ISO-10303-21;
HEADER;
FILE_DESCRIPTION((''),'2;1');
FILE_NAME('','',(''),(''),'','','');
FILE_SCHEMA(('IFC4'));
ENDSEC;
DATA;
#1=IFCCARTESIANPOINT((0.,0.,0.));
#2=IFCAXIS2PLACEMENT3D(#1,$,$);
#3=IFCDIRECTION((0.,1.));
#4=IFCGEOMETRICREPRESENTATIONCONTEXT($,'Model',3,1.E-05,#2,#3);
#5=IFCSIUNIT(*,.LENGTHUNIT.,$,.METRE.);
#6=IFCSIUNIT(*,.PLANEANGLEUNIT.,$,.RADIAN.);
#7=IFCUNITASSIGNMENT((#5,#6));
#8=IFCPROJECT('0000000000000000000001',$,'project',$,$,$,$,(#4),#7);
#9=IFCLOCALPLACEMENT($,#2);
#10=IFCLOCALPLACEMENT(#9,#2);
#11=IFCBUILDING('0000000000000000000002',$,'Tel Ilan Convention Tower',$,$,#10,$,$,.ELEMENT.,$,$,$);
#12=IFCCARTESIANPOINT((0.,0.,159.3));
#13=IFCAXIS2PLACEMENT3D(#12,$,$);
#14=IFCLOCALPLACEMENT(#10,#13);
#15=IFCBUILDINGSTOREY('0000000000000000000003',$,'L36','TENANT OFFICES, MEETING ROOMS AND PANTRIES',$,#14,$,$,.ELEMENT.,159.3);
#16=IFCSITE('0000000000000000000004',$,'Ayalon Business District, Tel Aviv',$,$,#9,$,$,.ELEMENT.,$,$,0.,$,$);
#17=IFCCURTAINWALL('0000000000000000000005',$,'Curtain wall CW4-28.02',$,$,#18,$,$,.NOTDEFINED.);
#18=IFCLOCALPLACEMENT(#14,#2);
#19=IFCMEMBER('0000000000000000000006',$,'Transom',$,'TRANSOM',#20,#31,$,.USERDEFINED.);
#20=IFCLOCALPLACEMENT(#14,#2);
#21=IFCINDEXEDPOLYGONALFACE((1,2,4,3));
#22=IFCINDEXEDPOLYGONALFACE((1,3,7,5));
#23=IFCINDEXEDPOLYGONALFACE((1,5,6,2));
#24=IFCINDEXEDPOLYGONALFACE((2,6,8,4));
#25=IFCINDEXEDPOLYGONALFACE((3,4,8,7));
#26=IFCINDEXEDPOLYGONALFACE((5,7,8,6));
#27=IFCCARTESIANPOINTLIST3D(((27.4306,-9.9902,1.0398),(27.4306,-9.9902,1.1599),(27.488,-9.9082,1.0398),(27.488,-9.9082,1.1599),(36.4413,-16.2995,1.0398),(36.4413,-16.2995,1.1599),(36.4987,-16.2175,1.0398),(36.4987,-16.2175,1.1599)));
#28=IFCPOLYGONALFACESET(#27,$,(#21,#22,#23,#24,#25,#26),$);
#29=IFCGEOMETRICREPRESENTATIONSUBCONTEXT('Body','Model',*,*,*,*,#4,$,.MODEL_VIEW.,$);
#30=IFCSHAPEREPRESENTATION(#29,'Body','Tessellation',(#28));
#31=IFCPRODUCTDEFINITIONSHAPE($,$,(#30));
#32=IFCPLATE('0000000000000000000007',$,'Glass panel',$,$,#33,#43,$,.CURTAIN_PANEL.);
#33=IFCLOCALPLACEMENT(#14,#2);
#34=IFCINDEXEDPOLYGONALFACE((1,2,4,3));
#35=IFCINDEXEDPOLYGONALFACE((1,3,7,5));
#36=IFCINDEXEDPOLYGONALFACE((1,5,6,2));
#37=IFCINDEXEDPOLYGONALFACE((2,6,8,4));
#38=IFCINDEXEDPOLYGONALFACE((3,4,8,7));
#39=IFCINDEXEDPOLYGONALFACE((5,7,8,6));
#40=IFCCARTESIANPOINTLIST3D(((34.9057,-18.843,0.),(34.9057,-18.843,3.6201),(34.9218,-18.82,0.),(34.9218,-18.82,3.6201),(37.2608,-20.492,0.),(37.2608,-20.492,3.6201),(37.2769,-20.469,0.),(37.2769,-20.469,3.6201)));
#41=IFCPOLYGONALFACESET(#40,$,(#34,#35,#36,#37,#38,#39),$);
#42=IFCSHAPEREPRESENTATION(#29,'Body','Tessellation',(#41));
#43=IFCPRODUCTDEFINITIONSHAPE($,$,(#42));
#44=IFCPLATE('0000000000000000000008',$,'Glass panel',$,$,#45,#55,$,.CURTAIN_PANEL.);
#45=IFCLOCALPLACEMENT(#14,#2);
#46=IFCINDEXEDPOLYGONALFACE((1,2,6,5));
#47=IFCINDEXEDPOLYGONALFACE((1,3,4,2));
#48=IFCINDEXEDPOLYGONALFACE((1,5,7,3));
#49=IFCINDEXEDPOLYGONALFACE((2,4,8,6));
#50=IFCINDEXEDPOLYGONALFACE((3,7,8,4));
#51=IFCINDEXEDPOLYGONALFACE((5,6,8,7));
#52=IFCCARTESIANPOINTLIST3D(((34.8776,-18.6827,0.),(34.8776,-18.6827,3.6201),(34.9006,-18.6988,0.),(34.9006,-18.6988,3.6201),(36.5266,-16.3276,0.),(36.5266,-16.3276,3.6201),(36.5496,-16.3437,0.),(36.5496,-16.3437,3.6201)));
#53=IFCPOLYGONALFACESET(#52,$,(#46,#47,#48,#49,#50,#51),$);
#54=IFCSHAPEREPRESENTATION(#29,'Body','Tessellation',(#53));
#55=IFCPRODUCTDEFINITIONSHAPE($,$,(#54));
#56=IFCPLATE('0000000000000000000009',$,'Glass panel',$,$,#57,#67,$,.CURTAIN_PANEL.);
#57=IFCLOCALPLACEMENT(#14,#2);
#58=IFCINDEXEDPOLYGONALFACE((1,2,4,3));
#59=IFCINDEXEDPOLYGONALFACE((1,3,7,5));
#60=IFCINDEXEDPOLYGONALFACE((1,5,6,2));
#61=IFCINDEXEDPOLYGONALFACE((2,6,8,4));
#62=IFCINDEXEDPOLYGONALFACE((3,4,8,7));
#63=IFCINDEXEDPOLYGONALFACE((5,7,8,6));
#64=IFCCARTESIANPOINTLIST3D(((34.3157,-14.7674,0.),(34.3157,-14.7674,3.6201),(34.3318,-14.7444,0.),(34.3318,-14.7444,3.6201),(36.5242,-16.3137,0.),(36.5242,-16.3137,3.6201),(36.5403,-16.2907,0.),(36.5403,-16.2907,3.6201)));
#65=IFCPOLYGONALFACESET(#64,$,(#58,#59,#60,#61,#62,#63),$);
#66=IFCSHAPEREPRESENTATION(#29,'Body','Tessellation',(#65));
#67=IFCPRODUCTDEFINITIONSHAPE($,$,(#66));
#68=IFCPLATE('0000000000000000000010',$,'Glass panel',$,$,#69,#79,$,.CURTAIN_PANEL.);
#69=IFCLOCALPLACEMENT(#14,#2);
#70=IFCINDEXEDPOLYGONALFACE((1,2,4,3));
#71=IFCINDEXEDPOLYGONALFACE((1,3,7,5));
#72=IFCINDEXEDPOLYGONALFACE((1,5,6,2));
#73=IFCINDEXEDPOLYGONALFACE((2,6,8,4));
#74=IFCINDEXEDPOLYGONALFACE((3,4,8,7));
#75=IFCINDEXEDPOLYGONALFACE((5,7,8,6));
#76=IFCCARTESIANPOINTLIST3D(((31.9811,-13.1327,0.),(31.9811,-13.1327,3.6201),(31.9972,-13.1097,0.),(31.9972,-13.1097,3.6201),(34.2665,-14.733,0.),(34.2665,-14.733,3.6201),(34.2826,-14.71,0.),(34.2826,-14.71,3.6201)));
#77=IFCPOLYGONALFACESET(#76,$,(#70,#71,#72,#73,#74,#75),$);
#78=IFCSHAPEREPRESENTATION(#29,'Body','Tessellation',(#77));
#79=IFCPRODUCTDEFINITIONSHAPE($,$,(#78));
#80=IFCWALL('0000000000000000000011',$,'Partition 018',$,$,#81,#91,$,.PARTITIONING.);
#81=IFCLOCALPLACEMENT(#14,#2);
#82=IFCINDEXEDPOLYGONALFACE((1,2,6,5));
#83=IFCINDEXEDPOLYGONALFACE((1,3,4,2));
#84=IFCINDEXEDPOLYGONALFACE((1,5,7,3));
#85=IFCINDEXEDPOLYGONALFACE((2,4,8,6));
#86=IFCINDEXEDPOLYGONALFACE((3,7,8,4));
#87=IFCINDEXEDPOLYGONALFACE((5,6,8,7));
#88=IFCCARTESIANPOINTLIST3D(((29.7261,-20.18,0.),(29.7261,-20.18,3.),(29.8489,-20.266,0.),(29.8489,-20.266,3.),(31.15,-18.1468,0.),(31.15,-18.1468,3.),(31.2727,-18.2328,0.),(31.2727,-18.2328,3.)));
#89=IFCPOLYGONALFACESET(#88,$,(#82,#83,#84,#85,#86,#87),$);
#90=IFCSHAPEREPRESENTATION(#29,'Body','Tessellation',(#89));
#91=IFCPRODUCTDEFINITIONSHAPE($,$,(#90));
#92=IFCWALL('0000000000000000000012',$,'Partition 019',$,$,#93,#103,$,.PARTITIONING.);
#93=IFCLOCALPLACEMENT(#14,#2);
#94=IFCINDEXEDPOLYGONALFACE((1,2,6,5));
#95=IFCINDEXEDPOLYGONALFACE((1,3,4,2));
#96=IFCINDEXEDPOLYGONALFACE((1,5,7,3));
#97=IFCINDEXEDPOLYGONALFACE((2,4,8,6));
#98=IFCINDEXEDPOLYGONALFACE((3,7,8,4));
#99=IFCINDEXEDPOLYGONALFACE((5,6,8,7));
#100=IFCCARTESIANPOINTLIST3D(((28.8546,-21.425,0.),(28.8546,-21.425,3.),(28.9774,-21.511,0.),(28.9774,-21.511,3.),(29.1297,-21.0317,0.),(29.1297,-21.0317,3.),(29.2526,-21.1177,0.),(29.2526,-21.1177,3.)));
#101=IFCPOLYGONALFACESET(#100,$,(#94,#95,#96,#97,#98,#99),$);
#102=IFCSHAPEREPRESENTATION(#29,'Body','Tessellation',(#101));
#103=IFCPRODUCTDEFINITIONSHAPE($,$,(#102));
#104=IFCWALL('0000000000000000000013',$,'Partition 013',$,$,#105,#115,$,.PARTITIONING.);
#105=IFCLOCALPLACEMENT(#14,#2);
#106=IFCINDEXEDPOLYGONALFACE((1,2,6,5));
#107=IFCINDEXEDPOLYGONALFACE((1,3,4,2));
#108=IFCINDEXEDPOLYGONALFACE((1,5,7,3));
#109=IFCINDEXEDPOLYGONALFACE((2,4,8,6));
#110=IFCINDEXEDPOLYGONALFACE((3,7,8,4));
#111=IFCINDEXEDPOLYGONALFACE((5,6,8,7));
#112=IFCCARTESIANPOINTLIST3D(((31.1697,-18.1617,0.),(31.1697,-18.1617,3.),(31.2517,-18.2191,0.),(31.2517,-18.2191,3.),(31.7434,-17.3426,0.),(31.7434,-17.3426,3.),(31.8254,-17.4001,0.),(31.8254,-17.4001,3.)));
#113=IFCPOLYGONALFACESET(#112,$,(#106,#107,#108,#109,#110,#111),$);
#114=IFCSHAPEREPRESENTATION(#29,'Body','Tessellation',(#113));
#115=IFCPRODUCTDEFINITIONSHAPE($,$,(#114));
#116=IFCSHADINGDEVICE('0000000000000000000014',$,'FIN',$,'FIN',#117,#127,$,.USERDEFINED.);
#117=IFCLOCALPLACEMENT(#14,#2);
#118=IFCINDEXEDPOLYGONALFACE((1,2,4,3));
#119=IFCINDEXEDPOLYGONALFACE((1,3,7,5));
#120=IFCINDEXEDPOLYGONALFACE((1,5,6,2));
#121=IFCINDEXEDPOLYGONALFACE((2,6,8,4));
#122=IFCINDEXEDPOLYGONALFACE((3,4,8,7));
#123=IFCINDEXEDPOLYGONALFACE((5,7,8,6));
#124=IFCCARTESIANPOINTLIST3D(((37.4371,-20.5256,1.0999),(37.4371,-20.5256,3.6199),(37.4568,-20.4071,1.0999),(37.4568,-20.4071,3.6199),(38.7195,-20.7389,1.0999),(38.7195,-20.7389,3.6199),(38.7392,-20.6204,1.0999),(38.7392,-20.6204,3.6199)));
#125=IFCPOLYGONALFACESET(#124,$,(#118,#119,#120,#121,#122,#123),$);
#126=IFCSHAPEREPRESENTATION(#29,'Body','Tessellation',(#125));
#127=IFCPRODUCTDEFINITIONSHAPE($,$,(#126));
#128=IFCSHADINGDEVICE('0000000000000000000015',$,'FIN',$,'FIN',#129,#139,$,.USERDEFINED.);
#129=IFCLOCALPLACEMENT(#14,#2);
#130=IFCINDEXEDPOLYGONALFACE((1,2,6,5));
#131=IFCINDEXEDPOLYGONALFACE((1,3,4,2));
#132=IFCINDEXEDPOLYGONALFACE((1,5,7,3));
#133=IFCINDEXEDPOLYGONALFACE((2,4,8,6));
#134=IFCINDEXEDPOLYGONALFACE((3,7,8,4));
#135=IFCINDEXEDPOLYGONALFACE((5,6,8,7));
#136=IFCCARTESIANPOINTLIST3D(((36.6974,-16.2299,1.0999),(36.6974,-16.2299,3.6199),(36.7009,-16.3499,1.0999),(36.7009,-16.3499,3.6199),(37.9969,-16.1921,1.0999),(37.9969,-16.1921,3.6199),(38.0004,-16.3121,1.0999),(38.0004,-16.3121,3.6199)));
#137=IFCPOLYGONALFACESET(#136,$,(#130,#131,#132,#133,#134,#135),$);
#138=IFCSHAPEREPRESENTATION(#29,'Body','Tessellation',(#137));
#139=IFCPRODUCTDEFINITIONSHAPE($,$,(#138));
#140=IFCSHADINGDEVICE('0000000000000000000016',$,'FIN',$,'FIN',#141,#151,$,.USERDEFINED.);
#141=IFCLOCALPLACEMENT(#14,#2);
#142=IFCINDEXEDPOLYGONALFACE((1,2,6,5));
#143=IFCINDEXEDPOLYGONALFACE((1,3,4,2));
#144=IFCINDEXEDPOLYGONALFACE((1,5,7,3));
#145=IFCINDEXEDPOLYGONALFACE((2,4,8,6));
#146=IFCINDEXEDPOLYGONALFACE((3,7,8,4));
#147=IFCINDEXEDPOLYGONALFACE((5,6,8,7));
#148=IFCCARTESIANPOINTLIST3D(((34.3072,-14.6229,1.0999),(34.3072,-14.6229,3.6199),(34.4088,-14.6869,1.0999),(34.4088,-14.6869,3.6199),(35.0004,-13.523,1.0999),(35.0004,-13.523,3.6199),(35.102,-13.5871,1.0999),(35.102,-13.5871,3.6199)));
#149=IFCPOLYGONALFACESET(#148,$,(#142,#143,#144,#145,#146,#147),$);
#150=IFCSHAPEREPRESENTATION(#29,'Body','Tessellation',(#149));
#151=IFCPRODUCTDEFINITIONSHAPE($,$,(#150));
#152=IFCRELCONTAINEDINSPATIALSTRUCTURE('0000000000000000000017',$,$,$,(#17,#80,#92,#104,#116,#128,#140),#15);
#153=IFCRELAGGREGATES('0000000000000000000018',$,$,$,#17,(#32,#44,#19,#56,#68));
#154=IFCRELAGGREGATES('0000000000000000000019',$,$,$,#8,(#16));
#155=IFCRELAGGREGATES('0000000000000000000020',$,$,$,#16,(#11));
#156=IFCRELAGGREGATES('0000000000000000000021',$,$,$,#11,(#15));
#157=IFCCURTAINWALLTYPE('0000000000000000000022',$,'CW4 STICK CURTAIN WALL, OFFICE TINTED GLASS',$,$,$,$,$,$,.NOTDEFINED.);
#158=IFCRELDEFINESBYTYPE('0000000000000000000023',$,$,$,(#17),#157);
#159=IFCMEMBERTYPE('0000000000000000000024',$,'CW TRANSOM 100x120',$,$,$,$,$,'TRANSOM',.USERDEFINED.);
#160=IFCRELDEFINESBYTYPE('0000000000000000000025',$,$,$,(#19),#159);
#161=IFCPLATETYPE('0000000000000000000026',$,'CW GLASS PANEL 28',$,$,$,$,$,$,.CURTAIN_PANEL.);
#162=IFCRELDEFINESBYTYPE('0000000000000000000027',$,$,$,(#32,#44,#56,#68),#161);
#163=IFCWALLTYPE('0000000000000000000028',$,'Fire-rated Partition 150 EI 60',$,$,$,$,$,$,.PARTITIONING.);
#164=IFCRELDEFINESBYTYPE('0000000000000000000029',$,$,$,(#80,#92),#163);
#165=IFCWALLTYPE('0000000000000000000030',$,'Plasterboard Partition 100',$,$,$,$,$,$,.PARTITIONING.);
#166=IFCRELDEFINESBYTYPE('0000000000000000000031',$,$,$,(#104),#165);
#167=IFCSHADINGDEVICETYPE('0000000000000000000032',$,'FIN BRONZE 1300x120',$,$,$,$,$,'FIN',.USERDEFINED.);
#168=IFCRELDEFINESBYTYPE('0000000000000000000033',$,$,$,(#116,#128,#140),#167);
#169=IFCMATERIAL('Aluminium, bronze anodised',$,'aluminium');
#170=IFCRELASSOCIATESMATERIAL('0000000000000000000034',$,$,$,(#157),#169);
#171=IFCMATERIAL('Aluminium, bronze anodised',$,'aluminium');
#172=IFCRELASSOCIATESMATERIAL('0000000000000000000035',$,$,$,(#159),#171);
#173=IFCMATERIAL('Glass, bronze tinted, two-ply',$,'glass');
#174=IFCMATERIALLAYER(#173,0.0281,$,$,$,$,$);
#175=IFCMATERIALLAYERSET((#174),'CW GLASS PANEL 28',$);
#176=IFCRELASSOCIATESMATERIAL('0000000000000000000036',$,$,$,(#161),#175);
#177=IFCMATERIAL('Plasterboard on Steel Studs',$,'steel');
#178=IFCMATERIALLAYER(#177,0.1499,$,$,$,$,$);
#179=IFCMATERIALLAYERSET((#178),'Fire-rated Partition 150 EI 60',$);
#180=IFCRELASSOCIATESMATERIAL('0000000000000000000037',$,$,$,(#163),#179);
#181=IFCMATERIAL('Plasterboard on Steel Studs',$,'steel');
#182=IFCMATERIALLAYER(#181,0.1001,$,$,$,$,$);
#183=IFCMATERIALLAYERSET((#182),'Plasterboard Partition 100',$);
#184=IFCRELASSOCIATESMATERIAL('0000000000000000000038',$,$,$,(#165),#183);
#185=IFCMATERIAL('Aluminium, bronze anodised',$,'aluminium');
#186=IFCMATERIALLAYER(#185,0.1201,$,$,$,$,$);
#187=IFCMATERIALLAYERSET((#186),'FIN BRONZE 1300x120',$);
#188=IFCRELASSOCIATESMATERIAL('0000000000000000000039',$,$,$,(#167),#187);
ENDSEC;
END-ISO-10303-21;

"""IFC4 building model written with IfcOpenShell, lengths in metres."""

from ifc_helpers import new_model, si_unit, direction, frame, frame_2d, origin, origin_2d, place, context, subcontext, project, spatial, rectangle, extrude, material, layer, layer_set, material_profile, profile_set, type_object, element, aggregate, save


model = new_model("IFC4")

# Units and contexts
model_context = context("Model", 3, precision=1e-05, world=origin(), true_north=direction((0.0, 1.0)))
body_context = subcontext(model_context, "Body", "Model", "MODEL_VIEW")
ifc_project = project(units=[si_unit("LENGTHUNIT", "METRE"), si_unit("PLANEANGLEUNIT", "RADIAN")], contexts=[model_context])

# Site, building, storey
site_placement = place(None, origin())
site = spatial("IfcSite", under=ifc_project, at=site_placement, Name="Ayalon Business District, Tel Aviv", CompositionType="ELEMENT", RefElevation=0.0)
building_placement = place(site_placement, origin())
building = spatial("IfcBuilding", under=site, at=building_placement, Name="Tel Ilan Convention Tower", CompositionType="ELEMENT")
storey_placement = place(building_placement, frame((0.0, 0.0, 159.3)))
storey = spatial("IfcBuildingStorey", under=building, at=storey_placement, Name="L36", Description="TENANT OFFICES, MEETING ROOMS AND PANTRIES", CompositionType="ELEMENT", Elevation=159.3)

# Curtain wall, member, plates
ifc_material_1 = material(Name="Aluminium, bronze anodised", Category="aluminium")
curtain_wall_type = type_object("IfcCurtainWallType", Name="CW4 STICK CURTAIN WALL, OFFICE TINTED GLASS", PredefinedType="NOTDEFINED", material=ifc_material_1)
curtain_wall_placement = place(storey_placement, origin())
curtain_wall = element("IfcCurtainWall", 1, at=curtain_wall_placement, inside=storey, type_object=curtain_wall_type, Name="Curtain wall CW4-28.02", PredefinedType="NOTDEFINED")
ifc_material_2 = material(Name="Aluminium, bronze anodised", Category="aluminium")
ifc_material_profile_1 = material_profile(ifc_material_2, rectangle(XDim=0.1001, YDim=0.1201, at=origin_2d()), Name="CW TRANSOM 100x120")
ifc_profile_set_1 = profile_set([ifc_material_profile_1], Name="Aluminium, bronze anodised")
member_type_1 = type_object("IfcMemberType", Name="CW TRANSOM 100x120", ElementType="TRANSOM", PredefinedType="USERDEFINED", material=ifc_profile_set_1)
member_1_placement = place(storey_placement, frame((36.47, -16.2585, 1.0999), z_axis=(-0.819155, 0.573573, 0.0), x_axis=(-0.573573, -0.819155, 0.0)))
member_1 = element("IfcMember", 2, at=member_1_placement, type_object=member_type_1, Name="Transom", ObjectType="TRANSOM", PredefinedType="USERDEFINED", context=body_context, shape_type="SweptSolid", body=[
    extrude(rectangle(XDim=0.1001, YDim=0.1201, at=origin_2d()), origin(), (0.0, 0.0, 1.0), 11.0),
])
ifc_material_3 = material(Name="Glass, bronze tinted, two-ply", Category="glass")
ifc_layer_1 = layer(ifc_material_3, 0.0281)
ifc_layer_set_1 = layer_set([ifc_layer_1], Name="CW GLASS PANEL 28")
plate_type = type_object("IfcPlateType", Name="CW GLASS PANEL 28", PredefinedType="CURTAIN_PANEL", material=ifc_layer_set_1)
plate_1_placement = place(storey_placement, frame((36.0913, -19.656, 0.0), z_axis=(0.0, 0.0, 1.0), x_axis=(-0.819152, 0.573576, 0.0)))
plate_1 = element("IfcPlate", 3, at=plate_1_placement, type_object=plate_type, Name="Glass panel", PredefinedType="CURTAIN_PANEL", context=body_context, shape_type="SweptSolid", body=[
    extrude(rectangle(XDim=2.875, YDim=0.0281, at=origin_2d()), origin(), (0.0, 0.0, 1.0), 3.6201),
])
plate_2_placement = place(storey_placement, frame((35.7136, -17.5132, 0.0), z_axis=(0.0, 0.0, 1.0), x_axis=(0.573576, 0.819152, 0.0)))
plate_2 = element("IfcPlate", 4, at=plate_2_placement, type_object=plate_type, Name="Glass panel", PredefinedType="CURTAIN_PANEL", context=body_context, shape_type="SweptSolid", body=[
    extrude(rectangle(XDim=2.875, YDim=0.0281, at=origin_2d()), origin(), (0.0, 0.0, 1.0), 3.6201),
])
plate_3_placement = place(storey_placement, frame((35.428, -15.5291, 0.0), z_axis=(0.0, 0.0, 1.0), x_axis=(-0.819152, 0.573576, 0.0)))
plate_3 = element("IfcPlate", 5, at=plate_3_placement, type_object=plate_type, Name="Glass panel", PredefinedType="CURTAIN_PANEL", context=body_context, shape_type="SweptSolid", body=[
    extrude(rectangle(XDim=2.696, YDim=0.0281, at=origin_2d()), origin(), (0.0, 0.0, 1.0), 3.6201),
])
plate_4_placement = place(storey_placement, frame((33.1318, -13.9214, 0.0), z_axis=(0.0, 0.0, 1.0), x_axis=(-0.819152, 0.573576, 0.0)))
plate_4 = element("IfcPlate", 6, at=plate_4_placement, type_object=plate_type, Name="Glass panel", PredefinedType="CURTAIN_PANEL", context=body_context, shape_type="SweptSolid", body=[
    extrude(rectangle(XDim=2.79, YDim=0.0281, at=origin_2d()), origin(), (0.0, 0.0, 1.0), 3.6201),
])
aggregate(curtain_wall, [plate_1, plate_2, member_1, plate_3, plate_4])

# Walls
ifc_material_4 = material(Name="Plasterboard on Steel Studs", Category="steel")
ifc_layer_2 = layer(ifc_material_4, 0.1499)
ifc_layer_set_2 = layer_set([ifc_layer_2], Name="Fire-rated Partition 150 EI 60")
wall_type_1 = type_object("IfcWallType", Name="Fire-rated Partition 150 EI 60", PredefinedType="PARTITIONING", material=ifc_layer_set_2)
wall_1_placement = place(storey_placement, frame((31.2114, -18.1897, 0.0), z_axis=(0.0, 0.0, 1.0), x_axis=(-0.573621, -0.819121, 0.0)))
element("IfcWall", 7, at=wall_1_placement, inside=storey, type_object=wall_type_1, Name="Partition 018", PredefinedType="PARTITIONING", context=body_context, shape_type="SweptSolid", body=[
    extrude(rectangle(XDim=2.4822, YDim=0.1499, at=frame_2d((1.2412, 0.0))), origin(), (0.0, 0.0, 1.0), 3.0),
])
wall_2_placement = place(storey_placement, frame((29.1912, -21.0747, 0.0), z_axis=(0.0, 0.0, 1.0), x_axis=(-0.573223, -0.819399, 0.0)))
element("IfcWall", 8, at=wall_2_placement, inside=storey, type_object=wall_type_1, Name="Partition 019", PredefinedType="PARTITIONING", context=body_context, shape_type="SweptSolid", body=[
    extrude(rectangle(XDim=0.48, YDim=0.1499, at=frame_2d((0.24, 0.0))), origin(), (0.0, 0.0, 1.0), 3.0),
])
ifc_material_5 = material(Name="Plasterboard on Steel Studs", Category="steel")
ifc_layer_3 = layer(ifc_material_5, 0.1001)
ifc_layer_set_3 = layer_set([ifc_layer_3], Name="Plasterboard Partition 100")
wall_type_2 = type_object("IfcWallType", Name="Plasterboard Partition 100", PredefinedType="PARTITIONING", material=ifc_layer_set_3)
wall_3_placement = place(storey_placement, frame((31.7844, -17.3713, 0.0), z_axis=(0.0, 0.0, 1.0), x_axis=(-0.573708, -0.81906, 0.0)))
element("IfcWall", 9, at=wall_3_placement, inside=storey, type_object=wall_type_2, Name="Partition 013", PredefinedType="PARTITIONING", context=body_context, shape_type="SweptSolid", body=[
    extrude(rectangle(XDim=1.0, YDim=0.1001, at=frame_2d((0.5, 0.0))), origin(), (0.0, 0.0, 1.0), 3.0),
])

# Shading devices
ifc_material_6 = material(Name="Aluminium, bronze anodised", Category="aluminium")
ifc_layer_4 = layer(ifc_material_6, 0.1201)
ifc_layer_set_4 = layer_set([ifc_layer_4], Name="FIN BRONZE 1300x120")
shading_device_type = type_object("IfcShadingDeviceType", Name="FIN BRONZE 1300x120", ElementType="FIN", PredefinedType="USERDEFINED", material=ifc_layer_set_4)
for number, where, z_axis, x_axis, name in (
    (10, (38.0881, -20.573, 1.0999), (0.0, 0.0, 1.0), (0.986445, -0.164091, 0.0), "FIN"),
    (11, (37.3489, -16.271, 1.0999), (0.0, 0.0, 1.0), (0.999577, 0.029085, 0.0), "FIN"),
    (12, (34.7046, -14.105, 1.0999), (0.0, 0.0, 1.0), (0.533204, 0.845986, 0.0), "FIN"),
):
    element("IfcShadingDevice", number, at=place(storey_placement, frame(where, z_axis=z_axis, x_axis=x_axis)), inside=storey, type_object=shading_device_type, Name=name, ObjectType="FIN", PredefinedType="USERDEFINED", context=body_context, shape_type="SweptSolid", body=[
        extrude(rectangle(XDim=1.3, YDim=0.1201, at=origin_2d()), origin(), (0.0, 0.0, 1.0), 2.52),
    ])

save(model, "model.ifc")
